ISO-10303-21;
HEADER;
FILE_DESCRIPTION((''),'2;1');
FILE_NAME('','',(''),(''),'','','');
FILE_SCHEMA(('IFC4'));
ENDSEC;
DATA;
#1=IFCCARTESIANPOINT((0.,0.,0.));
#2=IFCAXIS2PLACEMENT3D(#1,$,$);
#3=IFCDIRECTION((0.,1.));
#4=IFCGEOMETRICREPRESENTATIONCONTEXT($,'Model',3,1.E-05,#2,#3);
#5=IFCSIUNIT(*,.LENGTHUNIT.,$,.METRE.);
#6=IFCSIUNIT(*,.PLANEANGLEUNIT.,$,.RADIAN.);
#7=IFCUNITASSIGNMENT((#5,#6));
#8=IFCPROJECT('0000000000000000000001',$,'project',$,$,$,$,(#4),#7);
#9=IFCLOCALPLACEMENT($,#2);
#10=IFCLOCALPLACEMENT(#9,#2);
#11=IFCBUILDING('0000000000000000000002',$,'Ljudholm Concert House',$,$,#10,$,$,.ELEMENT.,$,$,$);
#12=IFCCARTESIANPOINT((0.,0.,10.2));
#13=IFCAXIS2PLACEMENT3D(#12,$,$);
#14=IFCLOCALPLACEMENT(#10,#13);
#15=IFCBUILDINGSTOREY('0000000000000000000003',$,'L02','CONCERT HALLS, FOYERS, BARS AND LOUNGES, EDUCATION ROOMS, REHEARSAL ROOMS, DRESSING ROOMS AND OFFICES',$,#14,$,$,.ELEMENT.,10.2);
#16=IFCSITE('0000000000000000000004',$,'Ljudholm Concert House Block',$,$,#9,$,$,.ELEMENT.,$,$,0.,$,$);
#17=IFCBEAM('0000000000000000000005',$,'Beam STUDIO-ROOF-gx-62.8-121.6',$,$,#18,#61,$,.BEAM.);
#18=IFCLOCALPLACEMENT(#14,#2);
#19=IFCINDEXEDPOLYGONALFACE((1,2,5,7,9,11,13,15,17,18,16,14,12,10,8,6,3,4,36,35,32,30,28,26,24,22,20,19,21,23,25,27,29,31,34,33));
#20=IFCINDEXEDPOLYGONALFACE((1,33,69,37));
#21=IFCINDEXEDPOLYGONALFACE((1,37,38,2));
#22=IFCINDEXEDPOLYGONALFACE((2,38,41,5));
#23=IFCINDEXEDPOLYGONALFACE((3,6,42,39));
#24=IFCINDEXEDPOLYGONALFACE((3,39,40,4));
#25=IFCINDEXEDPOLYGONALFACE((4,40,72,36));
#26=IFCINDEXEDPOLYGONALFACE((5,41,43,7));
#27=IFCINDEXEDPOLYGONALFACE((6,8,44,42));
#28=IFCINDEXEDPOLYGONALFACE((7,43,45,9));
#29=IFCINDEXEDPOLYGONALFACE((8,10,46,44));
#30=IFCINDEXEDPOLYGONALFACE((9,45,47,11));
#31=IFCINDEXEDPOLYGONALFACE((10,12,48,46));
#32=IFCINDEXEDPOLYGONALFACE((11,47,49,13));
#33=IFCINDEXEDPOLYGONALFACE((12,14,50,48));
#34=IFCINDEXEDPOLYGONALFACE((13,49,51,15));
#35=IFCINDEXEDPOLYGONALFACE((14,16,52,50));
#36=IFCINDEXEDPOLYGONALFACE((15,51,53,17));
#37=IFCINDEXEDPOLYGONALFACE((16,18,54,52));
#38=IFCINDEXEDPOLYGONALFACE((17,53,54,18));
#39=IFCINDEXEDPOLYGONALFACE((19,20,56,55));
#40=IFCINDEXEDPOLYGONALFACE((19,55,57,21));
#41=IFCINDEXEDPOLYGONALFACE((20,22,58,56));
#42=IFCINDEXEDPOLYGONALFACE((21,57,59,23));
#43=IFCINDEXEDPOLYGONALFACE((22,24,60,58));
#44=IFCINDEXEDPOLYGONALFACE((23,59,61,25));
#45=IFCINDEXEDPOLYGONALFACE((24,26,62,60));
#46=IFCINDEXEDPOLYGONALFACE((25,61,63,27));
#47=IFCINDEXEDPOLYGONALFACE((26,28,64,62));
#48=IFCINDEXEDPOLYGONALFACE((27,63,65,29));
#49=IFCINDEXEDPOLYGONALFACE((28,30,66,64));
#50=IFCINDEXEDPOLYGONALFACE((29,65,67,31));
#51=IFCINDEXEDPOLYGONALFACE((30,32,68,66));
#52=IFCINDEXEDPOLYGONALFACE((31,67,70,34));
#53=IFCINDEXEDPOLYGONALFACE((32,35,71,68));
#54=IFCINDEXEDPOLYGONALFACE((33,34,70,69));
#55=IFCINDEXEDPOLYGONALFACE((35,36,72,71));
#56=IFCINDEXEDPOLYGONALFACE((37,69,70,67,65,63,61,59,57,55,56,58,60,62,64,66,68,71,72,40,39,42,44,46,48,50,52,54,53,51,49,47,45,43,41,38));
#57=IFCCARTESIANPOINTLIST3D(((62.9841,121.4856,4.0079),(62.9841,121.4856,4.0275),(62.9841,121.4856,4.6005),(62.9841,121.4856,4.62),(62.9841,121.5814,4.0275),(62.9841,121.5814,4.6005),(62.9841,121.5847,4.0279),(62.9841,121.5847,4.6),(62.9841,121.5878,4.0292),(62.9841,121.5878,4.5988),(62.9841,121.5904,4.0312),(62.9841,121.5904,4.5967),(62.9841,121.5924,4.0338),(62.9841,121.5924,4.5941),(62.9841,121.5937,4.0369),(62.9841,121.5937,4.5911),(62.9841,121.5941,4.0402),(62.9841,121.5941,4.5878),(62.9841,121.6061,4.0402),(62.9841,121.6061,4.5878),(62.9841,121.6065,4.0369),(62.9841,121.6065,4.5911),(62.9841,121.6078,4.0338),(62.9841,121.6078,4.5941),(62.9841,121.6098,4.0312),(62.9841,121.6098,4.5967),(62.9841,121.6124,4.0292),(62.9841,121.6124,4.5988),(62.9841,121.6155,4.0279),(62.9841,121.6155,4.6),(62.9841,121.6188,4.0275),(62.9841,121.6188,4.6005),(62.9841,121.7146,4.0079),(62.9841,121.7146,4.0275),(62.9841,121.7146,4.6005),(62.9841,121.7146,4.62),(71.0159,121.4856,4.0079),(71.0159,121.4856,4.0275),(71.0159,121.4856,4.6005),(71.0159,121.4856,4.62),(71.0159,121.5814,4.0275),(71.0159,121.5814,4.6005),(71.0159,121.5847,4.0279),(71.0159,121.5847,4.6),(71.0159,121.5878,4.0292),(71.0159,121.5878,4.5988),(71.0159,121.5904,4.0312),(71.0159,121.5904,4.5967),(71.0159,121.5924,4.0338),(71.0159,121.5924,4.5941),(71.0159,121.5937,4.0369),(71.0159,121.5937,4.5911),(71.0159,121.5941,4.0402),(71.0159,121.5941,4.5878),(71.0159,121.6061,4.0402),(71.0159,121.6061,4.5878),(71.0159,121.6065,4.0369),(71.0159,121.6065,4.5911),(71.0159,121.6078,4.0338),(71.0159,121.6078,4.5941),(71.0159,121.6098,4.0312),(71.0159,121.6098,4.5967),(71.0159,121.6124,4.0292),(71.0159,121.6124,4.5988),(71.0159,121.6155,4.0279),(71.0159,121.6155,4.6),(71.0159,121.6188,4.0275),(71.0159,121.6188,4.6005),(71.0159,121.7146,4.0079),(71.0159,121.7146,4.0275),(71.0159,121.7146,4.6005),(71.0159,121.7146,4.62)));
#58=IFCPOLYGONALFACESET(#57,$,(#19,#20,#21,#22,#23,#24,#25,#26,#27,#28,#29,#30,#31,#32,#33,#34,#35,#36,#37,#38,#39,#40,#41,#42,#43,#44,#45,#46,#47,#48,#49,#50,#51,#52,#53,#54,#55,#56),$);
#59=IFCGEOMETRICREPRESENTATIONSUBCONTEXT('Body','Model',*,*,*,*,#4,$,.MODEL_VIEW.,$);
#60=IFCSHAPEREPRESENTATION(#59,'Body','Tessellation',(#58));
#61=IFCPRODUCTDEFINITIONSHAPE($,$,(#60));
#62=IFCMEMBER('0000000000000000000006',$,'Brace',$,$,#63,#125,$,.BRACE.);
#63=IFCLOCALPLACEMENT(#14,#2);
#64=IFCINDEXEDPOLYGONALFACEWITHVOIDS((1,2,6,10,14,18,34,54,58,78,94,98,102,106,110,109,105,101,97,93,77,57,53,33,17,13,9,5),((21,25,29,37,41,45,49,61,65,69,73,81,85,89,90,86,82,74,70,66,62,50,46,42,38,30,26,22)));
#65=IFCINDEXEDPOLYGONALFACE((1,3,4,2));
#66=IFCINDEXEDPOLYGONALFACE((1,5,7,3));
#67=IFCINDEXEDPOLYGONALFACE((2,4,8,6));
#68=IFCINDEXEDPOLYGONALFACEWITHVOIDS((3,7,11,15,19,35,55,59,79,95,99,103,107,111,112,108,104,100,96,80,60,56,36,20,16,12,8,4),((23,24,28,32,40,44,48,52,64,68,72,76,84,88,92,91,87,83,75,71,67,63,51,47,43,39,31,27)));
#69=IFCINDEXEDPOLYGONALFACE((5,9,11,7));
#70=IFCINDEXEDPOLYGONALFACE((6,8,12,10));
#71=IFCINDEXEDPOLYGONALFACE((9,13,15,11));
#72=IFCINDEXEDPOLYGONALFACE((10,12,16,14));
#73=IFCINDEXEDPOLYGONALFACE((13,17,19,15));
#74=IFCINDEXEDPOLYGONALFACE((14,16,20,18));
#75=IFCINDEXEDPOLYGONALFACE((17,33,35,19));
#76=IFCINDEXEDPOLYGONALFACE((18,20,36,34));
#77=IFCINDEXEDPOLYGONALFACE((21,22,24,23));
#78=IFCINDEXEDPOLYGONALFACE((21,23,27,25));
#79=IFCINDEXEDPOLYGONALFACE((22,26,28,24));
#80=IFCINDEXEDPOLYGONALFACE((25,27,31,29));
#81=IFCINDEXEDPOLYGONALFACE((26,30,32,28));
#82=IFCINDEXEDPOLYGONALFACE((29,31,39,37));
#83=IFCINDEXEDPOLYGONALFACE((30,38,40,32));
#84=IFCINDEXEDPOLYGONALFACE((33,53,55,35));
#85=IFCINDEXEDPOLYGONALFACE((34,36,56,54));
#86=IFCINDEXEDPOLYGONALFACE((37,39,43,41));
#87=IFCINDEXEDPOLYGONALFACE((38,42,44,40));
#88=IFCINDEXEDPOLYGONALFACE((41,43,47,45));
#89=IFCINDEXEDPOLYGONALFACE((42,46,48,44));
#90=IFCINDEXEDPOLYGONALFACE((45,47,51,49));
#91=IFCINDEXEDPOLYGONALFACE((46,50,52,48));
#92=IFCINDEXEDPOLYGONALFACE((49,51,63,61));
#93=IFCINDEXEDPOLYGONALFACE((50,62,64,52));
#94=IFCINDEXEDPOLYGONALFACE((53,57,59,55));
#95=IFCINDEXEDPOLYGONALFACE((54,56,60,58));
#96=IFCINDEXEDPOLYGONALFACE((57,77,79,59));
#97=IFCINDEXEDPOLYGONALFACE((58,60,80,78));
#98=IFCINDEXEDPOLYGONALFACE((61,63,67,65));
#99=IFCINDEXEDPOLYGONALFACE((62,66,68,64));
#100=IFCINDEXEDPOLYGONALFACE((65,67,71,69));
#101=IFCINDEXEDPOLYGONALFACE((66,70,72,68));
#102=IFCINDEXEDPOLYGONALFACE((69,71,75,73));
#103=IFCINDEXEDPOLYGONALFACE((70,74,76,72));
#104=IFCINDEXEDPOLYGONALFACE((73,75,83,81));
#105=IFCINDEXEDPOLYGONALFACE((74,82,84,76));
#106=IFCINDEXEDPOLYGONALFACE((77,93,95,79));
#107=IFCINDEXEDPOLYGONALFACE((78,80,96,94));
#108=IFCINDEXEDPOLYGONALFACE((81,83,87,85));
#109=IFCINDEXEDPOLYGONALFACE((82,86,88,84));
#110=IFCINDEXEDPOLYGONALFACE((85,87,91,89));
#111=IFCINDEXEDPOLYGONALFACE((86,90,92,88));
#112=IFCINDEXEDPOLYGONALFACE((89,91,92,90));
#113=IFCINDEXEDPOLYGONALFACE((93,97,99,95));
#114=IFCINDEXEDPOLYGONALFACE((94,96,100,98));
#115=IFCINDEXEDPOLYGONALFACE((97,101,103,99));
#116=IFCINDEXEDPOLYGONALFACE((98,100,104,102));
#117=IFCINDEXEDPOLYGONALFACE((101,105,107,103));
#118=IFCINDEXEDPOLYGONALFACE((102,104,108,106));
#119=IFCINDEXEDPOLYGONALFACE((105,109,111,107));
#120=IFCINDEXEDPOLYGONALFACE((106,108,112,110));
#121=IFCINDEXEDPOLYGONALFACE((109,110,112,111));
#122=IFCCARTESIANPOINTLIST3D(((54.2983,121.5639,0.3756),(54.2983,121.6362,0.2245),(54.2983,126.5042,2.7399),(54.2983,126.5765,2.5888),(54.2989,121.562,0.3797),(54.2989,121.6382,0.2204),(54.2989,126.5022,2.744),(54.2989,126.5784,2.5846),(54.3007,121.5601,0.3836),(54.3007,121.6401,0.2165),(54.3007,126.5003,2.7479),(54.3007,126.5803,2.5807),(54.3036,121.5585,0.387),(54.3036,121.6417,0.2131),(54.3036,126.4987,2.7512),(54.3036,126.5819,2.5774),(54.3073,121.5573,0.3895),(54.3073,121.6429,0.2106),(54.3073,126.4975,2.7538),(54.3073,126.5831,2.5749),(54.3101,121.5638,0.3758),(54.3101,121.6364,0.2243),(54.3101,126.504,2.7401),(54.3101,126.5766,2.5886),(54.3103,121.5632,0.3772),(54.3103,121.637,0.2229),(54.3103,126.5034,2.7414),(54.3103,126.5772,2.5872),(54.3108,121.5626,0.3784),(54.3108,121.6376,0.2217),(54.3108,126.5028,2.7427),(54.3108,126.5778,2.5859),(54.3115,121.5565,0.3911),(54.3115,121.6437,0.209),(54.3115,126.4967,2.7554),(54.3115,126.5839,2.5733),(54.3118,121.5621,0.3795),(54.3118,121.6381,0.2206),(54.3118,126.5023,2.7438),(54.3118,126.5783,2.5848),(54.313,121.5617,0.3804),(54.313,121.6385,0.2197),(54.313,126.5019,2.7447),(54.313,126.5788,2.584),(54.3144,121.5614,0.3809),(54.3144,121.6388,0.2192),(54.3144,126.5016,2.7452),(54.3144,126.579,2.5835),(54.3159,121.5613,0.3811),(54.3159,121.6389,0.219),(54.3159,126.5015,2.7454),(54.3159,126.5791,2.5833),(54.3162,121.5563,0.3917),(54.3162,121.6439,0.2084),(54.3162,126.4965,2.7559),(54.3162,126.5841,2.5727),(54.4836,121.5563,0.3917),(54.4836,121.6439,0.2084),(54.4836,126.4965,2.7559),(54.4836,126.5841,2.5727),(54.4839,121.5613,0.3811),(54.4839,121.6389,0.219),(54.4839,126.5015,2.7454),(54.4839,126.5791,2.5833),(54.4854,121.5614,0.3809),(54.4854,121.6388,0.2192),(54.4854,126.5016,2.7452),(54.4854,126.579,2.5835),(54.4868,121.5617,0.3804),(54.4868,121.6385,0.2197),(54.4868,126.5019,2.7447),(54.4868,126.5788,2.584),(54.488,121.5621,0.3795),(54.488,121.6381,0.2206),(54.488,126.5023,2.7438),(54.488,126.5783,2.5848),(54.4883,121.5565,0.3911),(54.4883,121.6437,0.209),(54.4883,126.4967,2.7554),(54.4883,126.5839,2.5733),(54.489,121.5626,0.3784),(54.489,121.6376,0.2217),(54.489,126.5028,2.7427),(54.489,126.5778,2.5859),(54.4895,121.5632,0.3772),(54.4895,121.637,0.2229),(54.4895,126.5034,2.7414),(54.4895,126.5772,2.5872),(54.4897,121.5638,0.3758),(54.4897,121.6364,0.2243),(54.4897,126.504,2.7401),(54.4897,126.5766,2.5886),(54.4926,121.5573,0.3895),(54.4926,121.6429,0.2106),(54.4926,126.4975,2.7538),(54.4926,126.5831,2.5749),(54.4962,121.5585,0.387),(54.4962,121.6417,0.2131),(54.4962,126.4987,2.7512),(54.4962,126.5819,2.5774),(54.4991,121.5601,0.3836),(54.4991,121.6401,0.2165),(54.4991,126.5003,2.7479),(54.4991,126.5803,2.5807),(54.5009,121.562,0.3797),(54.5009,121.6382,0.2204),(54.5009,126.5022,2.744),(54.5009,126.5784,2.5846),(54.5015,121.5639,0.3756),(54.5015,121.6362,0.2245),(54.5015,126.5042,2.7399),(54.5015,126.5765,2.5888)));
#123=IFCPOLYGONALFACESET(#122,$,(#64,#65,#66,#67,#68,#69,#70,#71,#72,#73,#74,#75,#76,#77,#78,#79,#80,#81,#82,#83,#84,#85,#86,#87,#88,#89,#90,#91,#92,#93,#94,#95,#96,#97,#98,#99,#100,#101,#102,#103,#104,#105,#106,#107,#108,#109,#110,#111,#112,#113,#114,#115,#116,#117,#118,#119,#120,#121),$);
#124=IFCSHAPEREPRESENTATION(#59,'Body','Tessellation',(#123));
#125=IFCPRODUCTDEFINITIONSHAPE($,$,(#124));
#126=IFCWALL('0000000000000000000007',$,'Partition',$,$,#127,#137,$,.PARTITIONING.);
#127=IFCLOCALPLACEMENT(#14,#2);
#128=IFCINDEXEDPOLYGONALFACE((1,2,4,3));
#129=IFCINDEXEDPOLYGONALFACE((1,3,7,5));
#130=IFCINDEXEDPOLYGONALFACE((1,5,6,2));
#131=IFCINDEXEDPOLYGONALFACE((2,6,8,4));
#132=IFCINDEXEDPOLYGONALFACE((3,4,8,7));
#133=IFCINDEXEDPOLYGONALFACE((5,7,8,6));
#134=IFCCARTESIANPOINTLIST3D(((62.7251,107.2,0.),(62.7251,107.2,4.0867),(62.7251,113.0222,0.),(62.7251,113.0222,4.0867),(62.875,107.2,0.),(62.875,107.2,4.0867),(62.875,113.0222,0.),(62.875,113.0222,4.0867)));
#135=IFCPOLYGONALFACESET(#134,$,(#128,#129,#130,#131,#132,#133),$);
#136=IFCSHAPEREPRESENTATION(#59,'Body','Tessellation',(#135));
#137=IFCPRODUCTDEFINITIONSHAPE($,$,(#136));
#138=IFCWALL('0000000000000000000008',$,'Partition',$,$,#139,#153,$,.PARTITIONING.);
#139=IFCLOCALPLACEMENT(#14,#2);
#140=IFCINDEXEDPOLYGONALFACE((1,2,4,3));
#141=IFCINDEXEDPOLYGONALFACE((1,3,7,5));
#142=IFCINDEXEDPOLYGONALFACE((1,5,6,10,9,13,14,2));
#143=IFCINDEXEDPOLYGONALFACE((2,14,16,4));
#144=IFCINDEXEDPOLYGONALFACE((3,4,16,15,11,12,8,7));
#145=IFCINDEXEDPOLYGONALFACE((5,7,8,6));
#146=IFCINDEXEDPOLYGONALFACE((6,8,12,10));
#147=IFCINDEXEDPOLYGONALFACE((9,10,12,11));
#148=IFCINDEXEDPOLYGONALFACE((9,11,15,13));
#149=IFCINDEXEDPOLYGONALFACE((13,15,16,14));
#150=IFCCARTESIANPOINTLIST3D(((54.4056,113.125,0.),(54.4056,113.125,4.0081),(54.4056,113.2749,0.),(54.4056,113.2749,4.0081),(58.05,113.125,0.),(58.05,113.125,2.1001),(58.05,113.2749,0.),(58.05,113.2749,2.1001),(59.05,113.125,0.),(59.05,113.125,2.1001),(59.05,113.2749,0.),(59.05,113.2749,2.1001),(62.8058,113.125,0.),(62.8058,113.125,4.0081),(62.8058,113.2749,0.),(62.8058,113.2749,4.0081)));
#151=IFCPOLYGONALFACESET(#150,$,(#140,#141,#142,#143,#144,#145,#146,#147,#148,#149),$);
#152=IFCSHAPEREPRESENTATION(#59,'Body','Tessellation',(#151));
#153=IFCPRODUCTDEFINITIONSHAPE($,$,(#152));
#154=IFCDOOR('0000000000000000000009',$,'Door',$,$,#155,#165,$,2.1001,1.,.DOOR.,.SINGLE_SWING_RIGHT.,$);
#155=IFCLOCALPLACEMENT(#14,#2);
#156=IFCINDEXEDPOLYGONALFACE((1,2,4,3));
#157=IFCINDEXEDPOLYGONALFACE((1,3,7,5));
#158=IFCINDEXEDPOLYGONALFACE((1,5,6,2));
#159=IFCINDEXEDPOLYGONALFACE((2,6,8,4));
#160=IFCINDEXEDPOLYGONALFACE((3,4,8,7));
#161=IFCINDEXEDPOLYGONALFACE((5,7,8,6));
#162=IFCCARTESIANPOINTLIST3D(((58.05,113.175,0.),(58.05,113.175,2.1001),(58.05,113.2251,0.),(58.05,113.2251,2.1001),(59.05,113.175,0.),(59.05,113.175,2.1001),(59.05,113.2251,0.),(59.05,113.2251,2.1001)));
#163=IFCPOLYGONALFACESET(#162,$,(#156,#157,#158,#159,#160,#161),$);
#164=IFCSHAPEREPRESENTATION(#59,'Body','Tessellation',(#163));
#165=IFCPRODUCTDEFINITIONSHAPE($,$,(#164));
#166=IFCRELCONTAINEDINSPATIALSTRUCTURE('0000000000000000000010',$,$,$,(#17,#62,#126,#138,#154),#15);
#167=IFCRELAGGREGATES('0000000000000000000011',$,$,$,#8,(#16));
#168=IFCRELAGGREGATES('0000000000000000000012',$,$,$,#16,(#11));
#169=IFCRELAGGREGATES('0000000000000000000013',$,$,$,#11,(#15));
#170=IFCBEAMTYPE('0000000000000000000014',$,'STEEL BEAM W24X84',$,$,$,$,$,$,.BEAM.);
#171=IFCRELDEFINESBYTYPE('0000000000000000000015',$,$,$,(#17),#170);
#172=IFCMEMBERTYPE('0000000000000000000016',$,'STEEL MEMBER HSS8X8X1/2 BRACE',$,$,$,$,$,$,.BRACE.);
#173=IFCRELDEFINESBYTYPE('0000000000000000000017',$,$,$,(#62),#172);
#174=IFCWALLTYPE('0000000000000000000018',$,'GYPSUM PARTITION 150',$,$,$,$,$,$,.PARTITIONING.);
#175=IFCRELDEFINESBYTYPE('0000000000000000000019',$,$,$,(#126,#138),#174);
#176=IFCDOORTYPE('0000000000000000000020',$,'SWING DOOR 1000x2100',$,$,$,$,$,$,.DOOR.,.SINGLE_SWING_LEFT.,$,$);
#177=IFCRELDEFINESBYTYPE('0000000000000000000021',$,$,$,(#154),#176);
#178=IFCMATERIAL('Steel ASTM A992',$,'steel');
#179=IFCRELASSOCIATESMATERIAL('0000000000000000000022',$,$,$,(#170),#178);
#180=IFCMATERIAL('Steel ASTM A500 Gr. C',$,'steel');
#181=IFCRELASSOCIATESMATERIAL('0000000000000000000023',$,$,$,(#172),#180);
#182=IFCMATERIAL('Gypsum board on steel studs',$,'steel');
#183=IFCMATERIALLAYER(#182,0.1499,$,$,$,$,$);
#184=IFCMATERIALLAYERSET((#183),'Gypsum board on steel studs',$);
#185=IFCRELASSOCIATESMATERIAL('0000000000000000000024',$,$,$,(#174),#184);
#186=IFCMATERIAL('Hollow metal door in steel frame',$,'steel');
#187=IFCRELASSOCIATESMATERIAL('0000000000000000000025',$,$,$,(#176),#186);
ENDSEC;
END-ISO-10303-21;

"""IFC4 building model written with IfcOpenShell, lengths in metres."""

from ifc_helpers import new_model, si_unit, direction, frame, frame_2d, origin, origin_2d, place, context, subcontext, project, spatial, rectangle, hollow_rectangle, i_section, extrude, material, layer, layer_set, material_profile, profile_set, type_object, element, fill, save


model = new_model("IFC4")

# Units and contexts
model_context = context("Model", 3, precision=1e-05, world=origin(), true_north=direction((0.0, 1.0)))
body_context = subcontext(model_context, "Body", "Model", "MODEL_VIEW")
ifc_project = project(units=[si_unit("LENGTHUNIT", "METRE"), si_unit("PLANEANGLEUNIT", "RADIAN")], contexts=[model_context])

# Site, building, storey
site_placement = place(None, origin())
site = spatial("IfcSite", under=ifc_project, at=site_placement, Name="Ljudholm Concert House Block", CompositionType="ELEMENT", RefElevation=0.0)
building_placement = place(site_placement, origin())
building = spatial("IfcBuilding", under=site, at=building_placement, Name="Ljudholm Concert House", CompositionType="ELEMENT")
storey_placement = place(building_placement, frame((0.0, 0.0, 10.2)))
storey = spatial("IfcBuildingStorey", under=building, at=storey_placement, Name="L02", Description="CONCERT HALLS, FOYERS, BARS AND LOUNGES, EDUCATION ROOMS, REHEARSAL ROOMS, DRESSING ROOMS AND OFFICES", CompositionType="ELEMENT", Elevation=10.2)

# Beam
ifc_material_1 = material(Name="Steel ASTM A992", Category="steel")
ifc_material_profile_1 = material_profile(ifc_material_1, i_section(OverallWidth=0.229, OverallDepth=0.6121, WebThickness=0.012, FlangeThickness=0.0195, FilletRadius=0.0127, at=origin_2d()), Name="W24X84")
ifc_profile_set_1 = profile_set([ifc_material_profile_1], Name="Steel ASTM A992")
beam_type_1 = type_object("IfcBeamType", Name="STEEL BEAM W24X84", PredefinedType="BEAM", material=ifc_profile_set_1)
for number, where, z_axis, x_axis, name in (
    (1, (62.9841, 121.6001, 4.314), (1.0, 0.0, 0.0), (0.0, 1.0, 0.0), "Beam STUDIO-ROOF-gx-62.8-121.6"),
):
    element("IfcBeam", number, at=place(storey_placement, frame(where, z_axis=z_axis, x_axis=x_axis)), inside=storey, type_object=beam_type_1, Name=name, PredefinedType="BEAM", context=body_context, shape_type="SweptSolid", body=[
        extrude(i_section(OverallWidth=0.229, OverallDepth=0.6121, WebThickness=0.012, FlangeThickness=0.0195, FilletRadius=0.0127, at=origin_2d()), origin(), (0.0, 0.0, 1.0), 8.0317),
    ])

# Member
ifc_material_2 = material(Name="Steel ASTM A500 Gr. C", Category="steel")
ifc_material_profile_2 = material_profile(ifc_material_2, hollow_rectangle(XDim=0.2031, YDim=0.2031, WallThickness=0.0117, InnerFilletRadius=0.0059, OuterFilletRadius=0.0178, at=origin_2d()), Name="HSS8X8X1/2")
ifc_profile_set_2 = profile_set([ifc_material_profile_2], Name="Steel ASTM A500 Gr. C")
member_type = type_object("IfcMemberType", Name="STEEL MEMBER HSS8X8X1/2 BRACE", PredefinedType="BRACE", material=ifc_profile_set_2)
member_placement = place(storey_placement, frame((54.3999, 121.6001, 0.3), z_axis=(0.0, 0.902023, 0.431687), x_axis=(-1.0, 0.0, 0.0)))
element("IfcMember", 2, at=member_placement, inside=storey, type_object=member_type, Name="Brace", PredefinedType="BRACE", context=body_context, shape_type="SweptSolid", body=[
    extrude(hollow_rectangle(XDim=0.2031, YDim=0.2031, WallThickness=0.0117, InnerFilletRadius=0.0059, OuterFilletRadius=0.0178, at=origin_2d()), origin(), (0.0, 0.0, 1.0), 5.4768),
])

# Wall
ifc_material_3 = material(Name="Gypsum board on steel studs", Category="steel")
ifc_layer_1 = layer(ifc_material_3, 0.1499)
ifc_layer_set_1 = layer_set([ifc_layer_1], Name="Gypsum board on steel studs")
wall_type_1 = type_object("IfcWallType", Name="GYPSUM PARTITION 150", PredefinedType="PARTITIONING", material=ifc_layer_set_1)
wall_1_placement = place(storey_placement, frame((62.8, 107.2, 0.0), z_axis=(0.0, 0.0, 1.0), x_axis=(0.0, 1.0, 0.0)))
element("IfcWall", 3, at=wall_1_placement, inside=storey, type_object=wall_type_1, Name="Partition", PredefinedType="PARTITIONING", context=body_context, shape_type="SweptSolid", body=[
    extrude(rectangle(XDim=5.8223, YDim=0.1499, at=frame_2d((2.9111, 0.0))), origin(), (0.0, 0.0, 1.0), 4.0867),
])

# Wall, opening, door
wall_2_placement = place(storey_placement, frame((54.4055, 113.2, 0.0), z_axis=(0.0, 0.0, 1.0), x_axis=(1.0, 0.0, 0.0)))
wall_2 = element("IfcWall", 4, at=wall_2_placement, inside=storey, type_object=wall_type_1, Name="Partition", PredefinedType="PARTITIONING", context=body_context, shape_type="SweptSolid", body=[
    extrude(rectangle(XDim=8.4001, YDim=0.1499, at=frame_2d((4.2002, 0.0))), origin(), (0.0, 0.0, 1.0), 4.0081),
])
opening_1_placement = place(wall_2_placement, frame((3.6445, 0.0, 0.0)))
opening_1 = element("IfcOpeningElement", 5, at=opening_1_placement, cuts=wall_2, PredefinedType="OPENING", context=body_context, shape_type="SweptSolid", body=[
    extrude(rectangle(XDim=1.0, YDim=2.1001, at=frame_2d((0.5, 1.05))), frame((0.0, 0.085, 0.0), z_axis=(0.0, -1.0, 0.0), x_axis=(1.0, 0.0, 0.0)), (0.0, 0.0, 1.0), 0.1699),
])
ifc_material_4 = material(Name="Hollow metal door in steel frame", Category="steel")
door_type_1 = type_object("IfcDoorType", Name="SWING DOOR 1000x2100", OperationType="SINGLE_SWING_LEFT", PredefinedType="DOOR", material=ifc_material_4)
door_1_placement = place(opening_1_placement, frame((1.0, 0.0, 0.0), z_axis=(0.0, 0.0, 1.0), x_axis=(-1.0, 0.0, 0.0)))
door_1 = element("IfcDoor", 6, at=door_1_placement, inside=storey, type_object=door_type_1, Name="Door", OperationType="SINGLE_SWING_RIGHT", OverallHeight=2.1001, OverallWidth=1.0, PredefinedType="DOOR", context=body_context, shape_type="SweptSolid", body=[
    extrude(rectangle(XDim=1.0, YDim=2.1001, at=frame_2d((0.5, 1.05))), frame((0.0, 0.0249, 0.0), z_axis=(0.0, -1.0, 0.0), x_axis=(1.0, 0.0, 0.0)), (0.0, 0.0, 1.0), 0.05),
])
fill(opening_1, door_1)

save(model, "model.ifc")
